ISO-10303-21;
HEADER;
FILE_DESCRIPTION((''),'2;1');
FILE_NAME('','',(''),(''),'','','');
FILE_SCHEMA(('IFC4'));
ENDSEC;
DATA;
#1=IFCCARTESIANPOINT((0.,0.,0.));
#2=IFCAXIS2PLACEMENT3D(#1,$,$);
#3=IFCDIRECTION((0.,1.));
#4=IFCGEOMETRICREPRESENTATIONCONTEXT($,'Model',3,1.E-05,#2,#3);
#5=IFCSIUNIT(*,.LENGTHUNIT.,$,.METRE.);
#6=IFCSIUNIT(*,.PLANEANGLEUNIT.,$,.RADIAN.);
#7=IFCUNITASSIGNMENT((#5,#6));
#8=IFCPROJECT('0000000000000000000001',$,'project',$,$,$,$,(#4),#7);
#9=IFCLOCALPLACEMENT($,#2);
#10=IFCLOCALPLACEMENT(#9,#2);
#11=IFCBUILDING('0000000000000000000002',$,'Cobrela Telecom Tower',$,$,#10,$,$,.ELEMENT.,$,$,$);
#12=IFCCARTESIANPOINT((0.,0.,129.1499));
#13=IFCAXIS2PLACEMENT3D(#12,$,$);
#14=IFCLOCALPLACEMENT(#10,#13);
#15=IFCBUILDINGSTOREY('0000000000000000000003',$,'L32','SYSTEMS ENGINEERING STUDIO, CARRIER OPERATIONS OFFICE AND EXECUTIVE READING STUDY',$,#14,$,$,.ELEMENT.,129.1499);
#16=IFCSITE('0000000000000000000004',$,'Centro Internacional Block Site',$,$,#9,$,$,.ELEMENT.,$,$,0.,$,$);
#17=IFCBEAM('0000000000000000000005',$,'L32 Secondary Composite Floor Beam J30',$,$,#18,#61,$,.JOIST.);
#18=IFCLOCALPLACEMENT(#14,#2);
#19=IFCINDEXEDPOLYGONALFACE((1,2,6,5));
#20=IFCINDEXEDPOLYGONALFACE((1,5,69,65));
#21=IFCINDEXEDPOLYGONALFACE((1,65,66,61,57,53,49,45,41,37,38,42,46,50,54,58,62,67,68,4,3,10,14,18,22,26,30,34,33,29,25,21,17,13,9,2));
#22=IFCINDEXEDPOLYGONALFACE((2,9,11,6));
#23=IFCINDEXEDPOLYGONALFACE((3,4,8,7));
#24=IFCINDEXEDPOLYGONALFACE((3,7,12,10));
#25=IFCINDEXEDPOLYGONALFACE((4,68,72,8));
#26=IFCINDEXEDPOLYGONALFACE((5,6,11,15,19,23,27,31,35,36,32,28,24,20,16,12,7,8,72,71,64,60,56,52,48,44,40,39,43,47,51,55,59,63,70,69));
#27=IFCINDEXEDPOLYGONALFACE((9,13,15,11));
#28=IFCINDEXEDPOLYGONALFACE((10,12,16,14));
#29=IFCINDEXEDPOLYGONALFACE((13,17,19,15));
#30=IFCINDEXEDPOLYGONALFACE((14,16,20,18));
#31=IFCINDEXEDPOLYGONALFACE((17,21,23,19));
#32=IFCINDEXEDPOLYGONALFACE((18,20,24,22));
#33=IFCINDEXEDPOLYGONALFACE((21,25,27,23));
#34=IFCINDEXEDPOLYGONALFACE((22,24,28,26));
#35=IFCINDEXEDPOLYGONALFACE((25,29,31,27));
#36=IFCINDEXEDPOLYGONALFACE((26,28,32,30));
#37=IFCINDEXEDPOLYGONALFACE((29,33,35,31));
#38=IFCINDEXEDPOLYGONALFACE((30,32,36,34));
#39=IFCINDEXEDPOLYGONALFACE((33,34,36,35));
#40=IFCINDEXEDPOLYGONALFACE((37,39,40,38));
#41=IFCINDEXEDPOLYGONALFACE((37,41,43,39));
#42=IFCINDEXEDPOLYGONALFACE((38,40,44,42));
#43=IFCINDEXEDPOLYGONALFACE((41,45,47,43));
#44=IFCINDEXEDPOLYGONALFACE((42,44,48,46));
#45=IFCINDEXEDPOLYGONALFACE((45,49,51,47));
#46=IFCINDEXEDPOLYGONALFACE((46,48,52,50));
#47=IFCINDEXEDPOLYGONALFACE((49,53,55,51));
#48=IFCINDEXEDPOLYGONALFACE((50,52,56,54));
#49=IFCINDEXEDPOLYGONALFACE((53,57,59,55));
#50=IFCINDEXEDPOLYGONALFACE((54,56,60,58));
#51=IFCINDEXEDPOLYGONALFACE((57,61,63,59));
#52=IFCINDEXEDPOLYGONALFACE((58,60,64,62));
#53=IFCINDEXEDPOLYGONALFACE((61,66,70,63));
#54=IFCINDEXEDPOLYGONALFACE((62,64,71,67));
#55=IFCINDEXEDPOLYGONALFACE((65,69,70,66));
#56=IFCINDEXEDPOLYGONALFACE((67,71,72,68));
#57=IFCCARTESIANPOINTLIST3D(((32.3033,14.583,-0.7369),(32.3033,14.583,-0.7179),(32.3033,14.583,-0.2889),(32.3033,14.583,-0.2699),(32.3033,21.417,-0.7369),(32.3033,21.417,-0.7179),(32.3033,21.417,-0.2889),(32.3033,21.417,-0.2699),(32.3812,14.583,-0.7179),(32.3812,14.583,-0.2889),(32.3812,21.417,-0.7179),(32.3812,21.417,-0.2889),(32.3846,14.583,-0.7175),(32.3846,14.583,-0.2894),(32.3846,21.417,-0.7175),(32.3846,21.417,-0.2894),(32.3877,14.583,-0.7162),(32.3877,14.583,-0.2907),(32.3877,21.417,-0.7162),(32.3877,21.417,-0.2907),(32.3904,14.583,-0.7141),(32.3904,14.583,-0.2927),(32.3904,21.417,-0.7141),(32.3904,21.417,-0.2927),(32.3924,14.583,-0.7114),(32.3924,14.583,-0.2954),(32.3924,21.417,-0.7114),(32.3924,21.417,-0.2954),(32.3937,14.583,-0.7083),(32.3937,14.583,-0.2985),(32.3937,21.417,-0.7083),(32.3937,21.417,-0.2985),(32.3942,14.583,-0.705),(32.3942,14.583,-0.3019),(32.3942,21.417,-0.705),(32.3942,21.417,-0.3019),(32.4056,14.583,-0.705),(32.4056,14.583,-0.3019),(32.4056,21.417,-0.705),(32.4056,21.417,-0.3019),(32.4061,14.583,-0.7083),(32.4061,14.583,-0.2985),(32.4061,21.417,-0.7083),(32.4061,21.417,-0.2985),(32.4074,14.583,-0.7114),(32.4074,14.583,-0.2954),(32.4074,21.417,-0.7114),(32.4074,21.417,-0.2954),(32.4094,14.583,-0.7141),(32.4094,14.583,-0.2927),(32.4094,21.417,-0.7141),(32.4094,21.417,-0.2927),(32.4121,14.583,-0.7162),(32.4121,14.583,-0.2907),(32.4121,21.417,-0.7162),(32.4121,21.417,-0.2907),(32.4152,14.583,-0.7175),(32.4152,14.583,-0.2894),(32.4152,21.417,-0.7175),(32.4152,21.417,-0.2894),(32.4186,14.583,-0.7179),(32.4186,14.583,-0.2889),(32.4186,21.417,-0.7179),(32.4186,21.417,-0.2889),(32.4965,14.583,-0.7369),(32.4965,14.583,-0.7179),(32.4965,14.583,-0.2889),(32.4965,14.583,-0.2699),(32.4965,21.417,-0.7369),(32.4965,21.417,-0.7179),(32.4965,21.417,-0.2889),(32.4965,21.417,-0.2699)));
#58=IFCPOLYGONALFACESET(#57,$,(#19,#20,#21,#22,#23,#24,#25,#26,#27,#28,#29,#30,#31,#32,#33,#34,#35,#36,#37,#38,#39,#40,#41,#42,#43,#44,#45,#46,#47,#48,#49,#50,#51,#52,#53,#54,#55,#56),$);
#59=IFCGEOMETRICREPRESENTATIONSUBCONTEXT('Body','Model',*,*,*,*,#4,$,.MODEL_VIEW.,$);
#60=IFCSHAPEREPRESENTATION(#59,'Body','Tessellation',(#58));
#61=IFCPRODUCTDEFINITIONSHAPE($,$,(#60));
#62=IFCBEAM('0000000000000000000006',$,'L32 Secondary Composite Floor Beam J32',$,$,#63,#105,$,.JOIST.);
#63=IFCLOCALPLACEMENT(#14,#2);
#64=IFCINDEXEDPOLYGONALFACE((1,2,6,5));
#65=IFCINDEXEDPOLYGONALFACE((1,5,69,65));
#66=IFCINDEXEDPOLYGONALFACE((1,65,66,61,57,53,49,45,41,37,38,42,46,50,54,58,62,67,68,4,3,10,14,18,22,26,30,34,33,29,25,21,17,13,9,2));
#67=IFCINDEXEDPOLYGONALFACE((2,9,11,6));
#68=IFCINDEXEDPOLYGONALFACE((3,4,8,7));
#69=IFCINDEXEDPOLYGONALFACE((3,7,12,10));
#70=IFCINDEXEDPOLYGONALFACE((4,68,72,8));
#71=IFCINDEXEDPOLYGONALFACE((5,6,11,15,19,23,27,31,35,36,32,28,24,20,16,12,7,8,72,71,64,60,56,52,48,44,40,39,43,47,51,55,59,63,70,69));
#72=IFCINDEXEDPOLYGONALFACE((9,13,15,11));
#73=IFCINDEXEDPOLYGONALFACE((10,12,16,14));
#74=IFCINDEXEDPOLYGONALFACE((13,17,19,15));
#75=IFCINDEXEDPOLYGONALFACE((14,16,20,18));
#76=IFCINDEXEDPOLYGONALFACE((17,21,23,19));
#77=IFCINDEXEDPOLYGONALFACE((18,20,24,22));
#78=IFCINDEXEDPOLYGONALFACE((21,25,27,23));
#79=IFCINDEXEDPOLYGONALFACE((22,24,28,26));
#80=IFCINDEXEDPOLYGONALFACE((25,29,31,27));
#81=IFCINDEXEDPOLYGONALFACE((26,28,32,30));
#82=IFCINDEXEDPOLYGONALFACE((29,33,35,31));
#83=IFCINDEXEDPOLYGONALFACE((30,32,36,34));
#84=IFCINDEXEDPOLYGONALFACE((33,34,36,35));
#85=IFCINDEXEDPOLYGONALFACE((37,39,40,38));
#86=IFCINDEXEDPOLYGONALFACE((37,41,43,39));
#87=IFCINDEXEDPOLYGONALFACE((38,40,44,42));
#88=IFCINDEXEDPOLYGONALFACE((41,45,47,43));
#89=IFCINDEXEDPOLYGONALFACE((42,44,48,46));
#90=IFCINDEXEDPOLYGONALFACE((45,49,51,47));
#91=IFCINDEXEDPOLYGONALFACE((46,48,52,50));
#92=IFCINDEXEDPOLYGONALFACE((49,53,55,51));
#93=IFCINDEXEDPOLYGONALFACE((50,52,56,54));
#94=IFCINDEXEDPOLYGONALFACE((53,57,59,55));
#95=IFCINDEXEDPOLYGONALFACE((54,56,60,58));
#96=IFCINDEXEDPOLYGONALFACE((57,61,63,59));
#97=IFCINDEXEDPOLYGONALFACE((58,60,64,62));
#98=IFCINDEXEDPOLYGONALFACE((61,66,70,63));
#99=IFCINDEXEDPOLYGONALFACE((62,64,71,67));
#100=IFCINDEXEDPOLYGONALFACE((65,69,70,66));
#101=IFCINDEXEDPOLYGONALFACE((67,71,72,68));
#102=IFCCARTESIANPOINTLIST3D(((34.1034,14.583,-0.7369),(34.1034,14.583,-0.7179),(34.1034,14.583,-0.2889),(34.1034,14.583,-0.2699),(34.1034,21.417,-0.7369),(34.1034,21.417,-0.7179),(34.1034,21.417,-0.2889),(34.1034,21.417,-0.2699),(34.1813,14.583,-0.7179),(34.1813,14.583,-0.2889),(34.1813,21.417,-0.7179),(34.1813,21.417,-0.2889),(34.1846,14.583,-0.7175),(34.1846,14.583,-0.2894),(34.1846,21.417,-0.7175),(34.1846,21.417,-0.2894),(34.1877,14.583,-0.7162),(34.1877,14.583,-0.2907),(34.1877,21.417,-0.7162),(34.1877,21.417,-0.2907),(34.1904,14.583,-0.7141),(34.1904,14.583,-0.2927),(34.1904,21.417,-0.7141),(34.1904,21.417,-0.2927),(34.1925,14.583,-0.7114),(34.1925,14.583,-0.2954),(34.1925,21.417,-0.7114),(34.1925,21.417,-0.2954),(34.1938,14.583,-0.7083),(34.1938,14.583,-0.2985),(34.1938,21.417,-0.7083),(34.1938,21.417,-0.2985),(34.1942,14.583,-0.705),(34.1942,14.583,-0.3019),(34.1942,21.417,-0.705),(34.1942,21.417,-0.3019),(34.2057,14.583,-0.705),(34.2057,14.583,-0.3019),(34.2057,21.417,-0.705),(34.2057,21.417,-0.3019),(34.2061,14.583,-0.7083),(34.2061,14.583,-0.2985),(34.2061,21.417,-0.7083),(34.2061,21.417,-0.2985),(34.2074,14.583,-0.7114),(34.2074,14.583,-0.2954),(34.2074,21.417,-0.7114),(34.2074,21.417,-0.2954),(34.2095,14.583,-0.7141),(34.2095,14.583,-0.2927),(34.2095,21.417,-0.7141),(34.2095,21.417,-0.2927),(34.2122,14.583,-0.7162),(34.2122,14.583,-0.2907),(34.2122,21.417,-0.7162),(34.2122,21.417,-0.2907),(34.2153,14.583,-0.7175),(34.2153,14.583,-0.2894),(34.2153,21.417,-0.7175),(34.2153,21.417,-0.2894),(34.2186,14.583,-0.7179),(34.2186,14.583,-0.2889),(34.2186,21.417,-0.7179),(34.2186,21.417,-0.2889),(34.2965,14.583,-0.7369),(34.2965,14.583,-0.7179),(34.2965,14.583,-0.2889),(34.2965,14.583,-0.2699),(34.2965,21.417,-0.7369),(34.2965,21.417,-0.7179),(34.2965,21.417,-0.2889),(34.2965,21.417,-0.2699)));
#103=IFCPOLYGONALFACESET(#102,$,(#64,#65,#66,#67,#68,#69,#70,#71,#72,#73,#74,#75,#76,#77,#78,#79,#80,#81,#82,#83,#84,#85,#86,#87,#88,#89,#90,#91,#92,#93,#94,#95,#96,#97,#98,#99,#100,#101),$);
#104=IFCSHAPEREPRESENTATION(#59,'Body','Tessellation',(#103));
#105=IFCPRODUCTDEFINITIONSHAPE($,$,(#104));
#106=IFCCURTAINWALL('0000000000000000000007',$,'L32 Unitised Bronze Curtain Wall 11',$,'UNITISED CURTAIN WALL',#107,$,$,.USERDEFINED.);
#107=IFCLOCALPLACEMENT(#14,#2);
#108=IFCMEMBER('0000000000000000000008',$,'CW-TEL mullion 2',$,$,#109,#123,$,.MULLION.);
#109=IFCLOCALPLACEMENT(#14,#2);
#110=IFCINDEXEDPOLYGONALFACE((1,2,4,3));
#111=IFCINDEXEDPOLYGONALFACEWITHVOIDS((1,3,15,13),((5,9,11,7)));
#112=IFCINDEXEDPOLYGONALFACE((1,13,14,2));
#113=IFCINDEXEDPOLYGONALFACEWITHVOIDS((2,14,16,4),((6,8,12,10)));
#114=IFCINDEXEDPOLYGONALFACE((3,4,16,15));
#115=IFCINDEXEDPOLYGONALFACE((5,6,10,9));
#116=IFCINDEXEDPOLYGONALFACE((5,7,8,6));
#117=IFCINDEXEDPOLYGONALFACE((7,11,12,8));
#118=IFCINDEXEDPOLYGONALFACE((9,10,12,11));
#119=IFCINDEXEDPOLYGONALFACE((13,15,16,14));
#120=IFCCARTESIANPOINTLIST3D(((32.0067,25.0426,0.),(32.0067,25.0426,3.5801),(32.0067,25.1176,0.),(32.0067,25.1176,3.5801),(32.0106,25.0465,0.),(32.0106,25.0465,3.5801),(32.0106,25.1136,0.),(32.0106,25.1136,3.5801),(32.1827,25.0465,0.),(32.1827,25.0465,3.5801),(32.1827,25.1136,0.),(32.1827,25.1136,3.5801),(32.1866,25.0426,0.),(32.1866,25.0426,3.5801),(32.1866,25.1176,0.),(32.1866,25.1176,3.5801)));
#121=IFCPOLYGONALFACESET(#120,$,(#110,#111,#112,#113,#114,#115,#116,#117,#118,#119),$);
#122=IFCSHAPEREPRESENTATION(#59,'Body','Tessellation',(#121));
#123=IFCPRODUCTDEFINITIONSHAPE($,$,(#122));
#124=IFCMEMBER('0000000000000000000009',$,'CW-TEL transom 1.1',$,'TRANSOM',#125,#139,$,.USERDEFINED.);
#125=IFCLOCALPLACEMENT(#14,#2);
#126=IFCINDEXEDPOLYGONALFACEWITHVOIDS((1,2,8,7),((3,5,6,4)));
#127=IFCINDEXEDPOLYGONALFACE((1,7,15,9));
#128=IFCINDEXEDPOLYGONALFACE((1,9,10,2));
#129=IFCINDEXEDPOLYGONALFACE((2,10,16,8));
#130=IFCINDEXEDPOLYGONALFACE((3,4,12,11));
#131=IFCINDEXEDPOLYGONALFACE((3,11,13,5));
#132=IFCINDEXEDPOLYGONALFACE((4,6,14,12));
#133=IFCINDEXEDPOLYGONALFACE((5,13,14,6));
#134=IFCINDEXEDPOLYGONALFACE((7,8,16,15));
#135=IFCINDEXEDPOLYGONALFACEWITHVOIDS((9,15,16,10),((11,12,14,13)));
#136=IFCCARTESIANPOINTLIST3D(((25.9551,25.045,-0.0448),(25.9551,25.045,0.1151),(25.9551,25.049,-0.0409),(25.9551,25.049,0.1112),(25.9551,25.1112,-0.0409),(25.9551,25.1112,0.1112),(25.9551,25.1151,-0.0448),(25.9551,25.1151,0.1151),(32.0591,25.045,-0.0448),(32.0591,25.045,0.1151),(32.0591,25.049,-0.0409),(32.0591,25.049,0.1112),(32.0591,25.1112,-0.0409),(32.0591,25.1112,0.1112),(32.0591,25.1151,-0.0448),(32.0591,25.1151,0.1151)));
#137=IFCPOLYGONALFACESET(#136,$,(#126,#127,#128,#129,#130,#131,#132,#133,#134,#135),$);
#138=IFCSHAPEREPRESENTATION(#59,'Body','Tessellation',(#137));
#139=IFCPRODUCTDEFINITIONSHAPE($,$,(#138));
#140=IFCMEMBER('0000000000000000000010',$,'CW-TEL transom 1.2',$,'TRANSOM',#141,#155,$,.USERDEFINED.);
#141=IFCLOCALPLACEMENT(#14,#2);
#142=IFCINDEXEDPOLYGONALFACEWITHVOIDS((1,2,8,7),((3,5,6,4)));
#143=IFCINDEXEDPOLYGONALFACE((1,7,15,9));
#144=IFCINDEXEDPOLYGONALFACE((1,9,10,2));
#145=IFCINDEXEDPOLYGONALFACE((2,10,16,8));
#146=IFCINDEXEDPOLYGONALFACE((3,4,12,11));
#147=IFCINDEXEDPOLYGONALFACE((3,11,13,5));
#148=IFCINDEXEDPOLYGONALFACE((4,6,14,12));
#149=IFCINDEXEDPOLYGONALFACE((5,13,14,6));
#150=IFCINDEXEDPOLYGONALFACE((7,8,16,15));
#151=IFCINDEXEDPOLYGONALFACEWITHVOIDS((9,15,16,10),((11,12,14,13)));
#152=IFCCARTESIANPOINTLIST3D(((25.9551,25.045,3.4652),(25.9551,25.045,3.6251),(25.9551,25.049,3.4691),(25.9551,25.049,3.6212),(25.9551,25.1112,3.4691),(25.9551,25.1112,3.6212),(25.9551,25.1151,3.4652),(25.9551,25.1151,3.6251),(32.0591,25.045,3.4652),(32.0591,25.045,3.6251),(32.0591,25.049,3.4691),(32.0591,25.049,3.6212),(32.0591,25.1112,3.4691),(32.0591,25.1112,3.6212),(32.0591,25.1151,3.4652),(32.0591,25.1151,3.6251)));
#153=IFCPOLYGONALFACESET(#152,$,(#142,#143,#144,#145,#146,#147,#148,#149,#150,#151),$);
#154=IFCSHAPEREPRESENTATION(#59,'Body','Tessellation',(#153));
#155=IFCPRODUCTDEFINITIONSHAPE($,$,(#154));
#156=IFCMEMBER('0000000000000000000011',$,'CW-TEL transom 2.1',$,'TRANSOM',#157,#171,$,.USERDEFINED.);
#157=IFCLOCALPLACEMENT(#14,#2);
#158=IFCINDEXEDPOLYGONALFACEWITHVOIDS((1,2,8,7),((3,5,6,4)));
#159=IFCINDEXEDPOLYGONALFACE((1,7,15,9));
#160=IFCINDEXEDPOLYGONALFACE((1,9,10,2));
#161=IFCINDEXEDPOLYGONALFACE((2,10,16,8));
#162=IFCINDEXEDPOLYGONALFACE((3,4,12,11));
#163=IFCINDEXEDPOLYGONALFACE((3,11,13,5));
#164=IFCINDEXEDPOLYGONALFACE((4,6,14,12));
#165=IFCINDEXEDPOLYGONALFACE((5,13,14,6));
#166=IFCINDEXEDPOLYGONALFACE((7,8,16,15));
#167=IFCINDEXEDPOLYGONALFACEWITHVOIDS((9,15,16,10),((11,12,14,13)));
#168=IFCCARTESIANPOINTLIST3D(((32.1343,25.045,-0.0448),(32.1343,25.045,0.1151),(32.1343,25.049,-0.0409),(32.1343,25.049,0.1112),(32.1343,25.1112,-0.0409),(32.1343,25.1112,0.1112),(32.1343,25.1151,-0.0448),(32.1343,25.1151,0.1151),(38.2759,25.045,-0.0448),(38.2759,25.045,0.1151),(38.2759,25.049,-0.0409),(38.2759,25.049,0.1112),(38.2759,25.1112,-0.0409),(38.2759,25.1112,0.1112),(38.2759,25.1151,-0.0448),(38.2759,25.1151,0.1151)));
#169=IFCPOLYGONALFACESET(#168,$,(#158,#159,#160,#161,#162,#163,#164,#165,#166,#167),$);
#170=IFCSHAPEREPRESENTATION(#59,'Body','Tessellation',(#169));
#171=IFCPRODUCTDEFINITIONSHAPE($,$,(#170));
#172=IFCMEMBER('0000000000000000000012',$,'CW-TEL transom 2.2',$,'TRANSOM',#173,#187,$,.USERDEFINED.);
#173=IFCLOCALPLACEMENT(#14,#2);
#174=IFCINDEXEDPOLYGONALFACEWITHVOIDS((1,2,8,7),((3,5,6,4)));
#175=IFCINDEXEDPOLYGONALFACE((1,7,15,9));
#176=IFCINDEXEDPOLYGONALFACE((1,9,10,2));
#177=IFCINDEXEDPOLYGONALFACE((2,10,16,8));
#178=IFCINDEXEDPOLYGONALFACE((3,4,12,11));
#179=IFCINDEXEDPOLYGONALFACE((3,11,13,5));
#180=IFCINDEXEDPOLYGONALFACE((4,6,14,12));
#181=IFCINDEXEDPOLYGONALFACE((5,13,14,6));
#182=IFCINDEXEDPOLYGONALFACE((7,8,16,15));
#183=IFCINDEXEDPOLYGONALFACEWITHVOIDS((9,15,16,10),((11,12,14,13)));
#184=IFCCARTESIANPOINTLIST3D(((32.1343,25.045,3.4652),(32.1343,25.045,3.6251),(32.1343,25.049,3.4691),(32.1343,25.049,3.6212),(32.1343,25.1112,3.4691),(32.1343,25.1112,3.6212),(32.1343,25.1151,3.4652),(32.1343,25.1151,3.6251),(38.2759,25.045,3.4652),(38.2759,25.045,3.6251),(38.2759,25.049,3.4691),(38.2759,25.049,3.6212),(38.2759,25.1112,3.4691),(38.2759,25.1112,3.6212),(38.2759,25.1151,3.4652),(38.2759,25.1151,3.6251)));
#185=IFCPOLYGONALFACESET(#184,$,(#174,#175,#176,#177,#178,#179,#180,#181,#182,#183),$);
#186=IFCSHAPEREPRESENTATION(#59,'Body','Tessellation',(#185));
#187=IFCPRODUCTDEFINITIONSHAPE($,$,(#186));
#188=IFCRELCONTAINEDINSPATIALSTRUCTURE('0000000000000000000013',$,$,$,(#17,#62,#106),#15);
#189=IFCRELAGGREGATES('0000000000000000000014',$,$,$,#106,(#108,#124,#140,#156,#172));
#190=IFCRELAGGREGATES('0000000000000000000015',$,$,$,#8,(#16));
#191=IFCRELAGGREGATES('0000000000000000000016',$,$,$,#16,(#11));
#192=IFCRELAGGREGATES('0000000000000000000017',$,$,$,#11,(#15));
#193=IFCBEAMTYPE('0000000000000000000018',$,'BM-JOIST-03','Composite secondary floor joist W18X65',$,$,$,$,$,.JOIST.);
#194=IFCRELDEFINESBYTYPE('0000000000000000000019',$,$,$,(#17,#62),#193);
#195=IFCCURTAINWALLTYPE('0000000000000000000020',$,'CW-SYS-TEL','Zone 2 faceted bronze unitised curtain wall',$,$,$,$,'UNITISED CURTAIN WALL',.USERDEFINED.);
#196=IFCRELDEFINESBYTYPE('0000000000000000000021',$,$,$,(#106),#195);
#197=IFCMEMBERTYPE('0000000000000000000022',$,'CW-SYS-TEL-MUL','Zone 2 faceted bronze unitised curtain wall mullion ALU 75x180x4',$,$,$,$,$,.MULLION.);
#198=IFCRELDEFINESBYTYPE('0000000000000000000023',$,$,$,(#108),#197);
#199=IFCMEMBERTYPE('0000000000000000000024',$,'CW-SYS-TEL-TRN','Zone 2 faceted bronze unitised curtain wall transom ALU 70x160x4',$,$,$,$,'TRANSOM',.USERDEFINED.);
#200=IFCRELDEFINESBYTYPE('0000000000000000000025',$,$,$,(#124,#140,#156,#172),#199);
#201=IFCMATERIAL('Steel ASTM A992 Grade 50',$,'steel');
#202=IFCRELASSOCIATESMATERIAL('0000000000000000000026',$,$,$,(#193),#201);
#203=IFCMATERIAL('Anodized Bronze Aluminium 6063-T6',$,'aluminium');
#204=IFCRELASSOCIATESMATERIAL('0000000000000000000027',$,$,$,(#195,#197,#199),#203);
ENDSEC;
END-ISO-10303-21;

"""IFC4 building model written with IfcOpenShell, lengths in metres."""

from ifc_helpers import new_model, si_unit, direction, frame, origin, origin_2d, place, context, subcontext, project, spatial, hollow_rectangle, i_section, extrude, material, material_profile, profile_set, type_object, element, aggregate, save


model = new_model("IFC4")

# Units and contexts
model_context = context("Model", 3, precision=1e-05, world=origin(), true_north=direction((0.0, 1.0)))
body_context = subcontext(model_context, "Body", "Model", "MODEL_VIEW")
ifc_project = project(units=[si_unit("LENGTHUNIT", "METRE"), si_unit("PLANEANGLEUNIT", "RADIAN")], contexts=[model_context])

# Site, building, storey
site_placement = place(None, origin())
site = spatial("IfcSite", under=ifc_project, at=site_placement, Name="Centro Internacional Block Site", CompositionType="ELEMENT", RefElevation=0.0)
building_placement = place(site_placement, origin())
building = spatial("IfcBuilding", under=site, at=building_placement, Name="Cobrela Telecom Tower", CompositionType="ELEMENT")
storey_placement = place(building_placement, frame((0.0, 0.0, 129.1499)))
storey = spatial("IfcBuildingStorey", under=building, at=storey_placement, Name="L32", Description="SYSTEMS ENGINEERING STUDIO, CARRIER OPERATIONS OFFICE AND EXECUTIVE READING STUDY", CompositionType="ELEMENT", Elevation=129.1499)

# Shared definitions
ifc_material_1 = material(Name="Steel ASTM A992 Grade 50", Category="steel")

# Beams
ifc_material_profile_1 = material_profile(ifc_material_1, i_section(OverallWidth=0.1931, OverallDepth=0.467, WebThickness=0.0115, FlangeThickness=0.019, FilletRadius=0.0129, at=origin_2d()), Name="W18X65")
ifc_profile_set_1 = profile_set([ifc_material_profile_1], Name="Steel ASTM A992 Grade 50")
beam_type_1 = type_object("IfcBeamType", Name="BM-JOIST-03", Description="Composite secondary floor joist W18X65", PredefinedType="JOIST", material=ifc_profile_set_1)
for number, where, z_axis, x_axis, name in (
    (1, (32.3999, 14.583, -0.5034), (0.0, 1.0, 0.0), (-1.0, 0.0, 0.0), "L32 Secondary Composite Floor Beam J30"),
    (2, (34.2, 14.583, -0.5034), (0.0, 1.0, 0.0), (-1.0, 0.0, 0.0), "L32 Secondary Composite Floor Beam J32"),
):
    element("IfcBeam", number, at=place(storey_placement, frame(where, z_axis=z_axis, x_axis=x_axis)), inside=storey, type_object=beam_type_1, Name=name, PredefinedType="JOIST", context=body_context, shape_type="SweptSolid", body=[
        extrude(i_section(OverallWidth=0.1931, OverallDepth=0.467, WebThickness=0.0115, FlangeThickness=0.019, FilletRadius=0.0129, at=origin_2d()), origin(), (0.0, 0.0, 1.0), 6.834),
    ])

# Curtain wall, members
ifc_material_2 = material(Name="Anodized Bronze Aluminium 6063-T6", Category="aluminium")
curtain_wall_type = type_object("IfcCurtainWallType", Name="CW-SYS-TEL", Description="Zone 2 faceted bronze unitised curtain wall", ElementType="UNITISED CURTAIN WALL", PredefinedType="USERDEFINED", material=ifc_material_2)
curtain_wall_placement = place(storey_placement, origin())
curtain_wall = element("IfcCurtainWall", 3, at=curtain_wall_placement, inside=storey, type_object=curtain_wall_type, Name="L32 Unitised Bronze Curtain Wall 11", ObjectType="UNITISED CURTAIN WALL", PredefinedType="USERDEFINED")
ifc_material_profile_2 = material_profile(ifc_material_2, hollow_rectangle(XDim=0.075, YDim=0.1799, WallThickness=0.0039, at=origin_2d()), Name="ALU 75x180x4")
ifc_profile_set_2 = profile_set([ifc_material_profile_2], Name="Anodized Bronze Aluminium 6063-T6")
member_type_1 = type_object("IfcMemberType", Name="CW-SYS-TEL-MUL", Description="Zone 2 faceted bronze unitised curtain wall mullion ALU 75x180x4", PredefinedType="MULLION", material=ifc_profile_set_2)
member_1_placement = place(storey_placement, frame((32.0967, 25.0801, 0.0), z_axis=(0.0, 0.0, 1.0), x_axis=(0.0, 1.0, 0.0)))
member_1 = element("IfcMember", 4, at=member_1_placement, type_object=member_type_1, Name="CW-TEL mullion 2", PredefinedType="MULLION", context=body_context, shape_type="SweptSolid", body=[
    extrude(hollow_rectangle(XDim=0.075, YDim=0.1799, WallThickness=0.0039, at=origin_2d()), origin(), (0.0, 0.0, 1.0), 3.5801),
])
ifc_material_profile_3 = material_profile(ifc_material_2, hollow_rectangle(XDim=0.0701, YDim=0.1599, WallThickness=0.0039, at=origin_2d()), Name="ALU 70x160x4")
ifc_profile_set_3 = profile_set([ifc_material_profile_3], Name="Anodized Bronze Aluminium 6063-T6")
member_type_2 = type_object("IfcMemberType", Name="CW-SYS-TEL-TRN", Description="Zone 2 faceted bronze unitised curtain wall transom ALU 70x160x4", ElementType="TRANSOM", PredefinedType="USERDEFINED", material=ifc_profile_set_3)
member_2_placement = place(storey_placement, frame((25.9551, 25.0801, 0.0352), z_axis=(1.0, 0.0, 0.0), x_axis=(0.0, 1.0, 0.0)))
member_2 = element("IfcMember", 5, at=member_2_placement, type_object=member_type_2, Name="CW-TEL transom 1.1", ObjectType="TRANSOM", PredefinedType="USERDEFINED", context=body_context, shape_type="SweptSolid", body=[
    extrude(hollow_rectangle(XDim=0.0701, YDim=0.1599, WallThickness=0.0039, at=origin_2d()), origin(), (0.0, 0.0, 1.0), 6.104),
])
member_3_placement = place(storey_placement, frame((25.9551, 25.0801, 3.5452), z_axis=(1.0, 0.0, 0.0), x_axis=(0.0, 1.0, 0.0)))
member_3 = element("IfcMember", 6, at=member_3_placement, type_object=member_type_2, Name="CW-TEL transom 1.2", ObjectType="TRANSOM", PredefinedType="USERDEFINED", context=body_context, shape_type="SweptSolid", body=[
    extrude(hollow_rectangle(XDim=0.0701, YDim=0.1599, WallThickness=0.0039, at=origin_2d()), origin(), (0.0, 0.0, 1.0), 6.104),
])
member_4_placement = place(storey_placement, frame((32.1343, 25.0801, 0.0352), z_axis=(1.0, 0.0, 0.0), x_axis=(0.0, 1.0, 0.0)))
member_4 = element("IfcMember", 7, at=member_4_placement, type_object=member_type_2, Name="CW-TEL transom 2.1", ObjectType="TRANSOM", PredefinedType="USERDEFINED", context=body_context, shape_type="SweptSolid", body=[
    extrude(hollow_rectangle(XDim=0.0701, YDim=0.1599, WallThickness=0.0039, at=origin_2d()), origin(), (0.0, 0.0, 1.0), 6.1416),
])
member_5_placement = place(storey_placement, frame((32.1343, 25.0801, 3.5452), z_axis=(1.0, 0.0, 0.0), x_axis=(0.0, 1.0, 0.0)))
member_5 = element("IfcMember", 8, at=member_5_placement, type_object=member_type_2, Name="CW-TEL transom 2.2", ObjectType="TRANSOM", PredefinedType="USERDEFINED", context=body_context, shape_type="SweptSolid", body=[
    extrude(hollow_rectangle(XDim=0.0701, YDim=0.1599, WallThickness=0.0039, at=origin_2d()), origin(), (0.0, 0.0, 1.0), 6.1416),
])
aggregate(curtain_wall, [member_1, member_2, member_3, member_4, member_5])

save(model, "model.ifc")
